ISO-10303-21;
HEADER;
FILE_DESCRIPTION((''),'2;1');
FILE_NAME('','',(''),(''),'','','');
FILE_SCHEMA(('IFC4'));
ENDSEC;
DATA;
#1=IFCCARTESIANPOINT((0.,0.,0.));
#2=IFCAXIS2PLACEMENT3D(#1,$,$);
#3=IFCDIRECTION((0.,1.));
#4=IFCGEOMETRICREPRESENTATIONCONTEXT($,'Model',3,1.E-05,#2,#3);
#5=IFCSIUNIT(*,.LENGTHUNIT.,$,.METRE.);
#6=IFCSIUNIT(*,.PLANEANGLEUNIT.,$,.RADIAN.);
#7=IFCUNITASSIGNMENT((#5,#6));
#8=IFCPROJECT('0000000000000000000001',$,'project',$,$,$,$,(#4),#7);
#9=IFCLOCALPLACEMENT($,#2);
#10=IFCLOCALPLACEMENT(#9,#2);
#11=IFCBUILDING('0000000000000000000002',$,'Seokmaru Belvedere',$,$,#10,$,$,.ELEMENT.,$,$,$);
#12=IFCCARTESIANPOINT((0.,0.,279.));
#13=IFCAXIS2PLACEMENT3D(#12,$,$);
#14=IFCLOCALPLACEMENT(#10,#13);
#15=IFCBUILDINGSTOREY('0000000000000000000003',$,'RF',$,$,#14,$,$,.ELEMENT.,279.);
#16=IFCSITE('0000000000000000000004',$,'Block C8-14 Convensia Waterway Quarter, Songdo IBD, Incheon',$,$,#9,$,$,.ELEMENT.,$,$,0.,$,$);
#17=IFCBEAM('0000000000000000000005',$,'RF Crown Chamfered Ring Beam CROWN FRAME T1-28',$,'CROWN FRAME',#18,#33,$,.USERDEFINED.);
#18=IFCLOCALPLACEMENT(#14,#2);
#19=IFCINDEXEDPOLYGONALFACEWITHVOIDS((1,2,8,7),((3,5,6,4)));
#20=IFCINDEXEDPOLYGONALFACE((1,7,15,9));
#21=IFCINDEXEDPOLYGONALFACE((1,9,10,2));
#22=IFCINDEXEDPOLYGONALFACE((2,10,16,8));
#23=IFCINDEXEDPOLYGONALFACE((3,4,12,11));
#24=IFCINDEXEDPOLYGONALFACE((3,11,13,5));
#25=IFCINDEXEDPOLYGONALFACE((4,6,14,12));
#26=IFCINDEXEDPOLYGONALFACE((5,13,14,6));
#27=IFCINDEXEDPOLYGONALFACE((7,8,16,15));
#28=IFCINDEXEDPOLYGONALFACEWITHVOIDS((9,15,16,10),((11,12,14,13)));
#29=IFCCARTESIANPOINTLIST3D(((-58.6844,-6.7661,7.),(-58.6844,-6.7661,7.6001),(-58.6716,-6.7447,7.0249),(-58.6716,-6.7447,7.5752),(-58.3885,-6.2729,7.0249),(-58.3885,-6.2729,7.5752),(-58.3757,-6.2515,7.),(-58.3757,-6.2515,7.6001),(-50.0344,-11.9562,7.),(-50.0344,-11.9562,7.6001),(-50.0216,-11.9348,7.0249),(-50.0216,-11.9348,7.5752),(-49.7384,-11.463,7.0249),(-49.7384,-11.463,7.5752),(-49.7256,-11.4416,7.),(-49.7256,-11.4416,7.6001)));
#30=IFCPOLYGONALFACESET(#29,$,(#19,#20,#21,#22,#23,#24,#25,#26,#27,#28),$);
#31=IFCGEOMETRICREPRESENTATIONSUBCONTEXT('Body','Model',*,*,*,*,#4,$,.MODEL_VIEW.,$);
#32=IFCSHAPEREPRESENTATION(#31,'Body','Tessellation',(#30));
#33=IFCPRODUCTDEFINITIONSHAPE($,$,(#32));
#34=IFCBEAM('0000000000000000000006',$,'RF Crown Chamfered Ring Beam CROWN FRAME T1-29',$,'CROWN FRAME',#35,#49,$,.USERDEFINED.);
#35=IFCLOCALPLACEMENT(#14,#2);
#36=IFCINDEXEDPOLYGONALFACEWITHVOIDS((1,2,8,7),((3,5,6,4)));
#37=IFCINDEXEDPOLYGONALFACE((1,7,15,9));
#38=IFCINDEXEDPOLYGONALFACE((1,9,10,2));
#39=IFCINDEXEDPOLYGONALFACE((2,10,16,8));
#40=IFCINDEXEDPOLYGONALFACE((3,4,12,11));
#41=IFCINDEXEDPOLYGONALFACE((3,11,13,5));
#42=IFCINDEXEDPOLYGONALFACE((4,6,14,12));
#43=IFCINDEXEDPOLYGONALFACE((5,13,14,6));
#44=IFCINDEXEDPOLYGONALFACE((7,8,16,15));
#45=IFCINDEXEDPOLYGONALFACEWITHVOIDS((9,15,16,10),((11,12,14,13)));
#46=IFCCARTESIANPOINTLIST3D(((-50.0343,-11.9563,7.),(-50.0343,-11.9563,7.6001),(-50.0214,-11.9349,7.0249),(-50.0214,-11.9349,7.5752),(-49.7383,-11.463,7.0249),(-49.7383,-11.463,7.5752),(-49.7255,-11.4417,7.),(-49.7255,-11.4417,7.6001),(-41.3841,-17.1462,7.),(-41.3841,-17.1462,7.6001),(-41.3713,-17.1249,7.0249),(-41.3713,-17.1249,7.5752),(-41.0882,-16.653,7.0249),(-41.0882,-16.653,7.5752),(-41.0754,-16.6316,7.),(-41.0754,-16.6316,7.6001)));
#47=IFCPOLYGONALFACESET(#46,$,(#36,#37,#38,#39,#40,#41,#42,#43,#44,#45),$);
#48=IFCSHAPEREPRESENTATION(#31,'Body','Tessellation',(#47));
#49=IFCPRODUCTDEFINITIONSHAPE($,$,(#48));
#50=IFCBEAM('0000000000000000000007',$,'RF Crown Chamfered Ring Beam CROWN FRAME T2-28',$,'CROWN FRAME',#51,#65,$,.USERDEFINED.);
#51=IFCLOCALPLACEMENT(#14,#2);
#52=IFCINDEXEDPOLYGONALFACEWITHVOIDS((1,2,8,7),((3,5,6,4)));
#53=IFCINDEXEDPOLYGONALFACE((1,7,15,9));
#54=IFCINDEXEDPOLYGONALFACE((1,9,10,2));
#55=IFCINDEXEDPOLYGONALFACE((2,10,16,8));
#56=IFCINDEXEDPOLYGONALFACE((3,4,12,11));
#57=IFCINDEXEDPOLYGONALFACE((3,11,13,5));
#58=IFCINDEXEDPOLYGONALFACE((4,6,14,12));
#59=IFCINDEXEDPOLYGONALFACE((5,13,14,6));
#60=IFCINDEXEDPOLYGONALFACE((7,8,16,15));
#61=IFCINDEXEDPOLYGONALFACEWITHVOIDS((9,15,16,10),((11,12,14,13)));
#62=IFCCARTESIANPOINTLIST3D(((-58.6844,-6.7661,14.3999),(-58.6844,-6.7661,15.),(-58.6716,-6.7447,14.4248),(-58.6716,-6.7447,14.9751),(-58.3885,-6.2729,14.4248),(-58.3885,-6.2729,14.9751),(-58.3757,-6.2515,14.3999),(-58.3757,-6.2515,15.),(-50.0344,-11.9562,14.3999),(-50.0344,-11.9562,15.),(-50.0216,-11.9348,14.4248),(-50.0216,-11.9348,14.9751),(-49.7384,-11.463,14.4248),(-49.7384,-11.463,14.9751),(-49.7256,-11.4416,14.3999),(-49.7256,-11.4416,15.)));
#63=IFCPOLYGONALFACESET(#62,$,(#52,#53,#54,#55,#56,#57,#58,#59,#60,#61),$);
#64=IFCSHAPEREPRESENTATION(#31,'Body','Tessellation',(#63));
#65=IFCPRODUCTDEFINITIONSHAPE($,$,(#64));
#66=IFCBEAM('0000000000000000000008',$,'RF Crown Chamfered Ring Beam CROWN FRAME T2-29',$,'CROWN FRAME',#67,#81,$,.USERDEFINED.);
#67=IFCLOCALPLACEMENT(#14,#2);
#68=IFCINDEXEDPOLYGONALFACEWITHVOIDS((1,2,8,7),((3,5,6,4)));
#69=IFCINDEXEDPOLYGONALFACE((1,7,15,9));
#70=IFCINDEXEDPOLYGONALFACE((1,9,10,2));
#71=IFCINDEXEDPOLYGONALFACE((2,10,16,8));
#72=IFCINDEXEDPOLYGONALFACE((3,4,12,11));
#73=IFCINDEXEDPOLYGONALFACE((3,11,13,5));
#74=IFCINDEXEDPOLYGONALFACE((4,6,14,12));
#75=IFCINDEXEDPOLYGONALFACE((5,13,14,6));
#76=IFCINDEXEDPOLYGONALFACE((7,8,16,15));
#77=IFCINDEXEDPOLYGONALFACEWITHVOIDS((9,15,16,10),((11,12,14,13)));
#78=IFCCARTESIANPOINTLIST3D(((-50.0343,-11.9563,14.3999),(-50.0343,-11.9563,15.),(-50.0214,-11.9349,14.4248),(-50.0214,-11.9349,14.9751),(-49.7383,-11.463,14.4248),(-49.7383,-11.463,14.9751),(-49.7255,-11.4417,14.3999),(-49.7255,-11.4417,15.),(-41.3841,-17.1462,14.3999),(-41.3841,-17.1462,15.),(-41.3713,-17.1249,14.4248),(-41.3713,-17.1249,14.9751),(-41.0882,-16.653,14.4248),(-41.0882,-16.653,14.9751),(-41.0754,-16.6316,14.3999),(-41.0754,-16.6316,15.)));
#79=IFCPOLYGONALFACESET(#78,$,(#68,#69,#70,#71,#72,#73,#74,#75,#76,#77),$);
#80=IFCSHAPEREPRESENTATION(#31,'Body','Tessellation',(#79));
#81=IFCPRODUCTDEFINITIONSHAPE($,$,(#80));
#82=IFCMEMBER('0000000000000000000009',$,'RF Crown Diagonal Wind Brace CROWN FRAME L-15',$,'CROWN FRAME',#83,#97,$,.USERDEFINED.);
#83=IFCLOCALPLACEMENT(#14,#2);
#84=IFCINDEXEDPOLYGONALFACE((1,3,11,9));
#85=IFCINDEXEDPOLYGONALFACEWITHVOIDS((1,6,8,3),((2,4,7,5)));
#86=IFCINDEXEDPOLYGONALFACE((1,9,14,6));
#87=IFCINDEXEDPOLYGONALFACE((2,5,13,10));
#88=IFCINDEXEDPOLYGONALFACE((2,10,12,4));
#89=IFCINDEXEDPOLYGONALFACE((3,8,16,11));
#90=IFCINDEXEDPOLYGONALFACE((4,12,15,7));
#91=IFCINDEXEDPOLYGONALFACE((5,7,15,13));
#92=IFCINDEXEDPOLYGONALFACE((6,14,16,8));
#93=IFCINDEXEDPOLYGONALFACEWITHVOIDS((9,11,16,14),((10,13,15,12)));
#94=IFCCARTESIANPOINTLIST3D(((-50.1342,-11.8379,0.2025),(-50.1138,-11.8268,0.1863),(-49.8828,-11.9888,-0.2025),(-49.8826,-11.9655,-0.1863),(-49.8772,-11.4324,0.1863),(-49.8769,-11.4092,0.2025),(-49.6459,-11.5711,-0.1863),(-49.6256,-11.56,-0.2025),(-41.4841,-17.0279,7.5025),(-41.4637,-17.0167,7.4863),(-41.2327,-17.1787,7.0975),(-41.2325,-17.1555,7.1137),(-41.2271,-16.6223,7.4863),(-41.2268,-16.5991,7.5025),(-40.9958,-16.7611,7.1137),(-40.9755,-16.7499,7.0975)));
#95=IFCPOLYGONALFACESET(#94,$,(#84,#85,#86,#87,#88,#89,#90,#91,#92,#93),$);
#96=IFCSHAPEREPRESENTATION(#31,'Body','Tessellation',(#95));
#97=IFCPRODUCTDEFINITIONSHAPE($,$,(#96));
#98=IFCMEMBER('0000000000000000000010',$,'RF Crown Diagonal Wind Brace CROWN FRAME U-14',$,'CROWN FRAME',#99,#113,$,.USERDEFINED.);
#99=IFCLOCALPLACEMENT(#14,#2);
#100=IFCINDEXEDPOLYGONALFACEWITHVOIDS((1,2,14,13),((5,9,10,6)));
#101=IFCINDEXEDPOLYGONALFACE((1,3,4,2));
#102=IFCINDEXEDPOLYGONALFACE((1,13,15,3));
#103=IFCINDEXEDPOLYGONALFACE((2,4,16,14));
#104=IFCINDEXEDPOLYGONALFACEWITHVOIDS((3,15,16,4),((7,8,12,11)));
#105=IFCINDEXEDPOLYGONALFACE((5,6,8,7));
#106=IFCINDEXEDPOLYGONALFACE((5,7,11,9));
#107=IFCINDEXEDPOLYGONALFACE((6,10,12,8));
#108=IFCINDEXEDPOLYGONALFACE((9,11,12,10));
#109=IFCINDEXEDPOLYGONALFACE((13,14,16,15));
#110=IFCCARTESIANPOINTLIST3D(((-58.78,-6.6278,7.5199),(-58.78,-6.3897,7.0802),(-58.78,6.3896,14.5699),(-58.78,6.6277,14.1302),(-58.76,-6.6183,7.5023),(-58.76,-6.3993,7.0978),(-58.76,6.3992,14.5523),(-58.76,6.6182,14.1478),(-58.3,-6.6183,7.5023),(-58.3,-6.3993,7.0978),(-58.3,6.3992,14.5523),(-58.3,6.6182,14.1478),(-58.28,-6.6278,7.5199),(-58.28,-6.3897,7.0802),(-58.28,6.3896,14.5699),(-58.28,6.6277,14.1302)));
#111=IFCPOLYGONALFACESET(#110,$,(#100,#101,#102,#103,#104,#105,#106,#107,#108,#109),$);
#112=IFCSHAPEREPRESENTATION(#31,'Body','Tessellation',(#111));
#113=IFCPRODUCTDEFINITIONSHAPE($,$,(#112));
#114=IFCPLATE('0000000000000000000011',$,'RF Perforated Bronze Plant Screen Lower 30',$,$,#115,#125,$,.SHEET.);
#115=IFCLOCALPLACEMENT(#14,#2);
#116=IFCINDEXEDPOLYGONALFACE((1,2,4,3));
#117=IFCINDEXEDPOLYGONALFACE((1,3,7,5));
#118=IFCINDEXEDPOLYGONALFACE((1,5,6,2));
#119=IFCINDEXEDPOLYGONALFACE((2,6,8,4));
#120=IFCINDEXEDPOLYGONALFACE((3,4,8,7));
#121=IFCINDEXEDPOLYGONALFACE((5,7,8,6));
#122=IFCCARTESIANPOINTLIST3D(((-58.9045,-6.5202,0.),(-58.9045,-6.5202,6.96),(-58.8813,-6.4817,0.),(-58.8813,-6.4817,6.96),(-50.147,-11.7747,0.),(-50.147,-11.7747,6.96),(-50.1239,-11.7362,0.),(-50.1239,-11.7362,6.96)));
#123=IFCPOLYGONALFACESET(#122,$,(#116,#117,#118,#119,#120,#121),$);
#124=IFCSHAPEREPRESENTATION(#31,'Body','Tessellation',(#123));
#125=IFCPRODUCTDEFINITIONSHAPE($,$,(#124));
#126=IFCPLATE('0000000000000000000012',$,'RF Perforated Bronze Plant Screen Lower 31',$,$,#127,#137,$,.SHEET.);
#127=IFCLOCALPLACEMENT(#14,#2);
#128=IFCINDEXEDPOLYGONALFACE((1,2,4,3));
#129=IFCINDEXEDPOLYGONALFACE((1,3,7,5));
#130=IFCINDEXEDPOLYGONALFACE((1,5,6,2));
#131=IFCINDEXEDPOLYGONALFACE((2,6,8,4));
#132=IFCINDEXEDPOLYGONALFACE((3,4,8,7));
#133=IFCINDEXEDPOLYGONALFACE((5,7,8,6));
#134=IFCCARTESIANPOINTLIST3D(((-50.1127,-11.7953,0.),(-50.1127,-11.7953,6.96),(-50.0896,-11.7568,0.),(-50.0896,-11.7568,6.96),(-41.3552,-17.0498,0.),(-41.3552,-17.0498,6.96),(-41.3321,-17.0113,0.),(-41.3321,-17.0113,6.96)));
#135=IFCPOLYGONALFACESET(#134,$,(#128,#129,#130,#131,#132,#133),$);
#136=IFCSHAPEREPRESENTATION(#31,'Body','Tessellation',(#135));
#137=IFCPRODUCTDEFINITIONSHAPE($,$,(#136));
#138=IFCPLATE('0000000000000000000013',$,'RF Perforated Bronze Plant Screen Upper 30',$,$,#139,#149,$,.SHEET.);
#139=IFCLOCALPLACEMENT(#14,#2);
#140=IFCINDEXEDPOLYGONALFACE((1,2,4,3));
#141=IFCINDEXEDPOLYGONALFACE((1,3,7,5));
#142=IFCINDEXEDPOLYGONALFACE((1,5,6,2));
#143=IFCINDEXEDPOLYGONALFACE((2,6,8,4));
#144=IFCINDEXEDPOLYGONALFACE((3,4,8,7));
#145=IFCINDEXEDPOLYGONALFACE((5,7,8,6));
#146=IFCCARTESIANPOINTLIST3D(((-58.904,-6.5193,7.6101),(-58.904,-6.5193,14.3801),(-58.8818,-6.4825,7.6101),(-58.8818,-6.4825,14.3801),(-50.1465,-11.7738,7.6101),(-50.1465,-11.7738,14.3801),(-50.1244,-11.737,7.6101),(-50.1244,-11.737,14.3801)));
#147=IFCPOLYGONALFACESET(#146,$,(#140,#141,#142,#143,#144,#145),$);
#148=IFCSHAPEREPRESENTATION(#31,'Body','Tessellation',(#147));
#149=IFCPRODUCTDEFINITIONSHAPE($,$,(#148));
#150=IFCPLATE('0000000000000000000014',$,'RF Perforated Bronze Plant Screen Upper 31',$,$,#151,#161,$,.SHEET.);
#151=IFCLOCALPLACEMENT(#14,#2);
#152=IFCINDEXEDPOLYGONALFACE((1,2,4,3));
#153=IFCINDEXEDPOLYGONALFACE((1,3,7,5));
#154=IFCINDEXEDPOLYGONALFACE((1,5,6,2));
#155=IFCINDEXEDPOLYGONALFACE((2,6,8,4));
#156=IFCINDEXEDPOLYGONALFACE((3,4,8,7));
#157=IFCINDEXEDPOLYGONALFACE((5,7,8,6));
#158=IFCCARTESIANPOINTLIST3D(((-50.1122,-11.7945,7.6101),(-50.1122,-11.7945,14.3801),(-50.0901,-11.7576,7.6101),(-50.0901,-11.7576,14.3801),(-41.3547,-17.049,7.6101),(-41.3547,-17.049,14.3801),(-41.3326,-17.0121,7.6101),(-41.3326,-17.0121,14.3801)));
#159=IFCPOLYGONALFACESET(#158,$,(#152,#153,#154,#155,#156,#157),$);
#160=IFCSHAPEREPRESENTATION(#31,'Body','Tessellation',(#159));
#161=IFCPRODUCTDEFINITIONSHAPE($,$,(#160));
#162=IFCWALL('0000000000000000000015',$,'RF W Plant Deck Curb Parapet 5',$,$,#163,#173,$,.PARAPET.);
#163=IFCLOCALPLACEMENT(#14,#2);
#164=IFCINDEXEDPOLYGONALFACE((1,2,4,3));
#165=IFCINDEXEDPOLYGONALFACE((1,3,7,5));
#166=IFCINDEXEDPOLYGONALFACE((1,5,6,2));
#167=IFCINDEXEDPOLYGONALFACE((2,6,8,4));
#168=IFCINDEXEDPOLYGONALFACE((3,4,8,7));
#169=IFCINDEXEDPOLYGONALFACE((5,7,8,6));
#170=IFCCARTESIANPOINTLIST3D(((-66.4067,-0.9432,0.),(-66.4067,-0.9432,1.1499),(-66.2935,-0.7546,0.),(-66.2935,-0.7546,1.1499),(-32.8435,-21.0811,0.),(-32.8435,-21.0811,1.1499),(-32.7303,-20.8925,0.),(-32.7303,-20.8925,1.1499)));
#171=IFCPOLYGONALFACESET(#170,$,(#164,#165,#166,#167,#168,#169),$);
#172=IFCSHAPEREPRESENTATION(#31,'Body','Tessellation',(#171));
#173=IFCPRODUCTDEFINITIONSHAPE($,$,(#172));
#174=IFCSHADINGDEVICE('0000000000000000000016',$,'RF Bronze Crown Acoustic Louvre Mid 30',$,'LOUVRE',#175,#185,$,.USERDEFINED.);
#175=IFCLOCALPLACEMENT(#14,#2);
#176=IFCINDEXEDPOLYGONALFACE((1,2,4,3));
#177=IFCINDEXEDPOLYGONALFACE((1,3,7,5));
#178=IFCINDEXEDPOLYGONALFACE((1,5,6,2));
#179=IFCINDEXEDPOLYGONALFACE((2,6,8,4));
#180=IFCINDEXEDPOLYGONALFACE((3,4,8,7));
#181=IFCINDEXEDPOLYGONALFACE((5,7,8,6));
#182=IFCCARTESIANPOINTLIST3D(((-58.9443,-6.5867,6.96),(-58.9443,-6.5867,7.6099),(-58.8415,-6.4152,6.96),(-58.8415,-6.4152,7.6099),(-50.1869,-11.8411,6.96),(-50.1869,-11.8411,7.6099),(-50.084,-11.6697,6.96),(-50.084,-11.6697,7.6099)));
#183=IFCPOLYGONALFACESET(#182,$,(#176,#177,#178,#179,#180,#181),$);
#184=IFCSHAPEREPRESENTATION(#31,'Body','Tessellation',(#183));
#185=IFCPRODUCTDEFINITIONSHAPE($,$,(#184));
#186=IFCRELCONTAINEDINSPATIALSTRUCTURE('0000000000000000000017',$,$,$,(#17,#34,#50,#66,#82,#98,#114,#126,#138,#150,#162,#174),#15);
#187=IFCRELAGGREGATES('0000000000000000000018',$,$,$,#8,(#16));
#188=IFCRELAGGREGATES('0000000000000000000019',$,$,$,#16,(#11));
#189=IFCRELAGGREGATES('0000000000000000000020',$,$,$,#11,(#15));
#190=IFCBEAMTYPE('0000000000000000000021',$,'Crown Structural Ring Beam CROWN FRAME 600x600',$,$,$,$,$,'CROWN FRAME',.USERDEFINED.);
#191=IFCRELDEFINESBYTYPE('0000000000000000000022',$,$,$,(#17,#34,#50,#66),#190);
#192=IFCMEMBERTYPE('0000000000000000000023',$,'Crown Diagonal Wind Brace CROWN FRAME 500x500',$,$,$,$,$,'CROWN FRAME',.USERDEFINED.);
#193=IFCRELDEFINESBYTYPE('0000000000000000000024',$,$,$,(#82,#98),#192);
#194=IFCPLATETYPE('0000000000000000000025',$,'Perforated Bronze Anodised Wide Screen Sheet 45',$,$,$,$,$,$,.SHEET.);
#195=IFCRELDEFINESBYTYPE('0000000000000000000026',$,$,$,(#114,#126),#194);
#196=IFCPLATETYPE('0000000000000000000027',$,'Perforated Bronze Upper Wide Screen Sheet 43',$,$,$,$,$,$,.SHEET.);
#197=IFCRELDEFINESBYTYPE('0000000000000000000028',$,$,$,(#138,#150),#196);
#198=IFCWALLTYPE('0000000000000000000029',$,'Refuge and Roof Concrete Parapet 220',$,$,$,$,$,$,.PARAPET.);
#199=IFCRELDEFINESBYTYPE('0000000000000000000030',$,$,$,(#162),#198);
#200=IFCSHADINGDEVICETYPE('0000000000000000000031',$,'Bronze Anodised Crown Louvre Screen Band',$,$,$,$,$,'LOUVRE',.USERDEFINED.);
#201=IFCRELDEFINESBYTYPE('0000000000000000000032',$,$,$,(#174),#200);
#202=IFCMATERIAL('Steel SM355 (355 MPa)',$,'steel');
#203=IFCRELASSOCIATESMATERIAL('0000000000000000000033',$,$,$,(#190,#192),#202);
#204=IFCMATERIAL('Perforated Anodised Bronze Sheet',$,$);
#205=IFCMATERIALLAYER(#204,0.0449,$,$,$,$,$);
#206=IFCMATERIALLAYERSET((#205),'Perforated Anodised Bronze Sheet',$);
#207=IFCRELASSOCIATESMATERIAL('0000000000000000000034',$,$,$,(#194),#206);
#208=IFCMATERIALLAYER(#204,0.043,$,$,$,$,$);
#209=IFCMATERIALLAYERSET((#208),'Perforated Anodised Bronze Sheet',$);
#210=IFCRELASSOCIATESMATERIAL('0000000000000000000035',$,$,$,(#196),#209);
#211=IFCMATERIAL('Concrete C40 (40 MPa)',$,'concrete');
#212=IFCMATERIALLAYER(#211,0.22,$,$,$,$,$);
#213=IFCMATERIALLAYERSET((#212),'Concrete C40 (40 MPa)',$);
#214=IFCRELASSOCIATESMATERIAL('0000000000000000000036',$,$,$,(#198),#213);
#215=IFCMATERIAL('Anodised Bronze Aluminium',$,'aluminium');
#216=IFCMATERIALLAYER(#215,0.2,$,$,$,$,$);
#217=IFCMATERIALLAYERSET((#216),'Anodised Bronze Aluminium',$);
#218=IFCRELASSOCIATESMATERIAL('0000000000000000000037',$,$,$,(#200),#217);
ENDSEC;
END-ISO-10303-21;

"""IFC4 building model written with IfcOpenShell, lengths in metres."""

from ifc_helpers import new_model, si_unit, direction, frame, frame_2d, origin, origin_2d, place, context, subcontext, project, spatial, rectangle, hollow_rectangle, extrude, source, transform, mapped, material, layer, layer_set, material_profile, profile_set, type_object, type_shapes, element, save


model = new_model("IFC4")

# Units and contexts
model_context = context("Model", 3, precision=1e-05, world=origin(), true_north=direction((0.0, 1.0)))
body_context = subcontext(model_context, "Body", "Model", "MODEL_VIEW")
ifc_project = project(units=[si_unit("LENGTHUNIT", "METRE"), si_unit("PLANEANGLEUNIT", "RADIAN")], contexts=[model_context])

# Site, building, storey
site_placement = place(None, origin())
site = spatial("IfcSite", under=ifc_project, at=site_placement, Name="Block C8-14 Convensia Waterway Quarter, Songdo IBD, Incheon", CompositionType="ELEMENT", RefElevation=0.0)
building_placement = place(site_placement, origin())
building = spatial("IfcBuilding", under=site, at=building_placement, Name="Seokmaru Belvedere", CompositionType="ELEMENT")
storey_placement = place(building_placement, frame((0.0, 0.0, 279.0)))
storey = spatial("IfcBuildingStorey", under=building, at=storey_placement, Name="RF", CompositionType="ELEMENT", Elevation=279.0)

# Shared definitions
ifc_material_1 = material(Name="Steel SM355 (355 MPa)", Category="steel")

# Beams
ifc_material_profile_1 = material_profile(ifc_material_1, hollow_rectangle(XDim=0.6001, YDim=0.6001, WallThickness=0.0249, at=origin_2d()), Name="HSS-600x600x25")
ifc_profile_set_1 = profile_set([ifc_material_profile_1], Name="Steel SM355 (355 MPa)")
beam_type_1 = type_object("IfcBeamType", Name="Crown Structural Ring Beam CROWN FRAME 600x600", ElementType="CROWN FRAME", PredefinedType="USERDEFINED", material=ifc_profile_set_1)
shared_shape_1 = source(origin(), body_context, "Body", "SweptSolid", [
    extrude(hollow_rectangle(XDim=0.6001, YDim=0.6001, WallThickness=0.0249, at=origin_2d()), origin(), (0.0, 0.0, 1.0), 10.0876),
])
type_shapes(beam_type_1, [shared_shape_1])
for number, where, z_axis, x_axis, name in (
    (1, (-58.53, -6.5088, 7.3), (0.857489, -0.514503, 0.0), (0.514503, 0.857489, 0.0), "RF Crown Chamfered Ring Beam CROWN FRAME T1-28"),
    (2, (-49.8799, -11.699, 7.3), (0.857499, -0.514485, 0.0), (0.514485, 0.857499, 0.0), "RF Crown Chamfered Ring Beam CROWN FRAME T1-29"),
    (3, (-58.53, -6.5088, 14.7), (0.857489, -0.514503, 0.0), (0.514503, 0.857489, 0.0), "RF Crown Chamfered Ring Beam CROWN FRAME T2-28"),
    (4, (-49.8799, -11.699, 14.7), (0.857499, -0.514485, 0.0), (0.514485, 0.857499, 0.0), "RF Crown Chamfered Ring Beam CROWN FRAME T2-29"),
):
    element("IfcBeam", number, at=place(storey_placement, frame(where, z_axis=z_axis, x_axis=x_axis)), inside=storey, type_object=beam_type_1, Name=name, ObjectType="CROWN FRAME", PredefinedType="USERDEFINED", context=body_context, shape_type="MappedRepresentation", body=[
        mapped(shared_shape_1, transform((0.0, 0.0, 0.0), scale=1.0)),
    ])

# Members
ifc_material_profile_2 = material_profile(ifc_material_1, hollow_rectangle(XDim=0.5, YDim=0.5, WallThickness=0.02, at=origin_2d()), Name="HSS-500x500x20")
ifc_profile_set_2 = profile_set([ifc_material_profile_2], Name="Steel SM355 (355 MPa)")
member_type = type_object("IfcMemberType", Name="Crown Diagonal Wind Brace CROWN FRAME 500x500", ElementType="CROWN FRAME", PredefinedType="USERDEFINED", material=ifc_profile_set_2)
shared_shape_2 = source(origin(), body_context, "Body", "SweptSolid", [
    extrude(hollow_rectangle(XDim=0.5, YDim=0.5, WallThickness=0.02, at=origin_2d()), origin(), (0.0, 0.0, 1.0), 12.4519),
])
member_1_placement = place(storey_placement, frame((-49.8799, -11.699, 0.0), z_axis=(0.694682, -0.416797, 0.586257), x_axis=(0.514485, 0.857499, 0.0)))
element("IfcMember", 5, at=member_1_placement, inside=storey, type_object=member_type, Name="RF Crown Diagonal Wind Brace CROWN FRAME L-15", ObjectType="CROWN FRAME", PredefinedType="USERDEFINED", context=body_context, shape_type="MappedRepresentation", body=[
    mapped(shared_shape_2, transform((0.0, 0.0, 0.0), scale=1.0)),
])
shared_shape_3 = source(origin(), body_context, "Body", "SweptSolid", [
    extrude(hollow_rectangle(XDim=0.5, YDim=0.5, WallThickness=0.02, at=origin_2d()), origin(), (0.0, 0.0, 1.0), 14.804),
])
type_shapes(member_type, [shared_shape_2, shared_shape_3])
member_2_placement = place(storey_placement, frame((-58.53, -6.5088, 7.3), z_axis=(0.0, 0.879324, 0.476224), x_axis=(-1.0, 0.0, 0.0)))
element("IfcMember", 6, at=member_2_placement, inside=storey, type_object=member_type, Name="RF Crown Diagonal Wind Brace CROWN FRAME U-14", ObjectType="CROWN FRAME", PredefinedType="USERDEFINED", context=body_context, shape_type="MappedRepresentation", body=[
    mapped(shared_shape_3, transform((0.0, 0.0, 0.0), scale=1.0)),
])

# Plates
ifc_material_2 = material(Name="Perforated Anodised Bronze Sheet")
ifc_layer_1 = layer(ifc_material_2, 0.0449)
ifc_layer_set_1 = layer_set([ifc_layer_1], Name="Perforated Anodised Bronze Sheet")
plate_type_1 = type_object("IfcPlateType", Name="Perforated Bronze Anodised Wide Screen Sheet 45", PredefinedType="SHEET", material=ifc_layer_set_1)
shared_shape_4 = source(origin(), body_context, "Body", "SweptSolid", [
    extrude(rectangle(XDim=10.2129, YDim=0.0449, at=origin_2d()), origin(), (0.0, 0.0, 1.0), 6.96),
])
type_shapes(plate_type_1, [shared_shape_4])
for number, where, z_axis, x_axis, name in (
    (7, (-54.5142, -9.1282, 0.0), (0.0, 0.0, 1.0), (0.857493, -0.514496, 0.0), "RF Perforated Bronze Plant Screen Lower 30"),
    (8, (-45.7224, -14.4033, 0.0), (0.0, 0.0, 1.0), (0.857493, -0.514496, 0.0), "RF Perforated Bronze Plant Screen Lower 31"),
):
    element("IfcPlate", number, at=place(storey_placement, frame(where, z_axis=z_axis, x_axis=x_axis)), inside=storey, type_object=plate_type_1, Name=name, PredefinedType="SHEET", context=body_context, shape_type="MappedRepresentation", body=[
        mapped(shared_shape_4, transform((0.0, 0.0, 0.0), scale=1.0)),
    ])
ifc_layer_2 = layer(ifc_material_2, 0.043)
ifc_layer_set_2 = layer_set([ifc_layer_2], Name="Perforated Anodised Bronze Sheet")
plate_type_2 = type_object("IfcPlateType", Name="Perforated Bronze Upper Wide Screen Sheet 43", PredefinedType="SHEET", material=ifc_layer_set_2)
shared_shape_5 = source(origin(), body_context, "Body", "SweptSolid", [
    extrude(rectangle(XDim=10.2129, YDim=0.043, at=origin_2d()), origin(), (0.0, 0.0, 1.0), 6.77),
])
type_shapes(plate_type_2, [shared_shape_5])
for number, where, z_axis, x_axis, name in (
    (9, (-54.5142, -9.1282, 7.6101), (0.0, 0.0, 1.0), (0.857493, -0.514496, 0.0), "RF Perforated Bronze Plant Screen Upper 30"),
    (10, (-45.7224, -14.4033, 7.6101), (0.0, 0.0, 1.0), (0.857493, -0.514496, 0.0), "RF Perforated Bronze Plant Screen Upper 31"),
):
    element("IfcPlate", number, at=place(storey_placement, frame(where, z_axis=z_axis, x_axis=x_axis)), inside=storey, type_object=plate_type_2, Name=name, PredefinedType="SHEET", context=body_context, shape_type="MappedRepresentation", body=[
        mapped(shared_shape_5, transform((0.0, 0.0, 0.0), scale=1.0)),
    ])

# Wall
ifc_material_3 = material(Name="Concrete C40 (40 MPa)", Category="concrete")
ifc_layer_3 = layer(ifc_material_3, 0.22)
ifc_layer_set_3 = layer_set([ifc_layer_3], Name="Concrete C40 (40 MPa)")
wall_type = type_object("IfcWallType", Name="Refuge and Roof Concrete Parapet 220", PredefinedType="PARAPET", material=ifc_layer_set_3)
wall_placement = place(storey_placement, frame((-66.3501, -0.8489, 0.0), z_axis=(0.0, 0.0, 1.0), x_axis=(0.857493, -0.514496, 0.0)))
element("IfcWall", 11, at=wall_placement, inside=storey, type_object=wall_type, Name="RF W Plant Deck Curb Parapet 5", PredefinedType="PARAPET", context=body_context, shape_type="SweptSolid", body=[
    extrude(rectangle(XDim=39.1411, YDim=0.22, at=frame_2d((19.5706, 0.0))), origin(), (0.0, 0.0, 1.0), 1.1499),
])

# Shading device
ifc_material_4 = material(Name="Anodised Bronze Aluminium", Category="aluminium")
ifc_layer_4 = layer(ifc_material_4, 0.2)
ifc_layer_set_4 = layer_set([ifc_layer_4], Name="Anodised Bronze Aluminium")
shading_device_type = type_object("IfcShadingDeviceType", Name="Bronze Anodised Crown Louvre Screen Band", ElementType="LOUVRE", PredefinedType="USERDEFINED", material=ifc_layer_set_4)
shared_shape_6 = source(origin(), body_context, "Body", "SweptSolid", [
    extrude(rectangle(XDim=10.2129, YDim=0.2, at=origin_2d()), origin(), (0.0, 0.0, 1.0), 0.6499),
])
for number, where, z_axis, x_axis, name in (
    (12, (-54.5142, -9.1282, 6.96), (0.0, 0.0, 1.0), (0.857493, -0.514496, 0.0), "RF Bronze Crown Acoustic Louvre Mid 30"),
):
    element("IfcShadingDevice", number, at=place(storey_placement, frame(where, z_axis=z_axis, x_axis=x_axis)), inside=storey, type_object=shading_device_type, Name=name, ObjectType="LOUVRE", PredefinedType="USERDEFINED", context=body_context, shape_type="MappedRepresentation", body=[
        mapped(shared_shape_6, transform((0.0, 0.0, 0.0), scale=1.0)),
    ])

save(model, "model.ifc")
